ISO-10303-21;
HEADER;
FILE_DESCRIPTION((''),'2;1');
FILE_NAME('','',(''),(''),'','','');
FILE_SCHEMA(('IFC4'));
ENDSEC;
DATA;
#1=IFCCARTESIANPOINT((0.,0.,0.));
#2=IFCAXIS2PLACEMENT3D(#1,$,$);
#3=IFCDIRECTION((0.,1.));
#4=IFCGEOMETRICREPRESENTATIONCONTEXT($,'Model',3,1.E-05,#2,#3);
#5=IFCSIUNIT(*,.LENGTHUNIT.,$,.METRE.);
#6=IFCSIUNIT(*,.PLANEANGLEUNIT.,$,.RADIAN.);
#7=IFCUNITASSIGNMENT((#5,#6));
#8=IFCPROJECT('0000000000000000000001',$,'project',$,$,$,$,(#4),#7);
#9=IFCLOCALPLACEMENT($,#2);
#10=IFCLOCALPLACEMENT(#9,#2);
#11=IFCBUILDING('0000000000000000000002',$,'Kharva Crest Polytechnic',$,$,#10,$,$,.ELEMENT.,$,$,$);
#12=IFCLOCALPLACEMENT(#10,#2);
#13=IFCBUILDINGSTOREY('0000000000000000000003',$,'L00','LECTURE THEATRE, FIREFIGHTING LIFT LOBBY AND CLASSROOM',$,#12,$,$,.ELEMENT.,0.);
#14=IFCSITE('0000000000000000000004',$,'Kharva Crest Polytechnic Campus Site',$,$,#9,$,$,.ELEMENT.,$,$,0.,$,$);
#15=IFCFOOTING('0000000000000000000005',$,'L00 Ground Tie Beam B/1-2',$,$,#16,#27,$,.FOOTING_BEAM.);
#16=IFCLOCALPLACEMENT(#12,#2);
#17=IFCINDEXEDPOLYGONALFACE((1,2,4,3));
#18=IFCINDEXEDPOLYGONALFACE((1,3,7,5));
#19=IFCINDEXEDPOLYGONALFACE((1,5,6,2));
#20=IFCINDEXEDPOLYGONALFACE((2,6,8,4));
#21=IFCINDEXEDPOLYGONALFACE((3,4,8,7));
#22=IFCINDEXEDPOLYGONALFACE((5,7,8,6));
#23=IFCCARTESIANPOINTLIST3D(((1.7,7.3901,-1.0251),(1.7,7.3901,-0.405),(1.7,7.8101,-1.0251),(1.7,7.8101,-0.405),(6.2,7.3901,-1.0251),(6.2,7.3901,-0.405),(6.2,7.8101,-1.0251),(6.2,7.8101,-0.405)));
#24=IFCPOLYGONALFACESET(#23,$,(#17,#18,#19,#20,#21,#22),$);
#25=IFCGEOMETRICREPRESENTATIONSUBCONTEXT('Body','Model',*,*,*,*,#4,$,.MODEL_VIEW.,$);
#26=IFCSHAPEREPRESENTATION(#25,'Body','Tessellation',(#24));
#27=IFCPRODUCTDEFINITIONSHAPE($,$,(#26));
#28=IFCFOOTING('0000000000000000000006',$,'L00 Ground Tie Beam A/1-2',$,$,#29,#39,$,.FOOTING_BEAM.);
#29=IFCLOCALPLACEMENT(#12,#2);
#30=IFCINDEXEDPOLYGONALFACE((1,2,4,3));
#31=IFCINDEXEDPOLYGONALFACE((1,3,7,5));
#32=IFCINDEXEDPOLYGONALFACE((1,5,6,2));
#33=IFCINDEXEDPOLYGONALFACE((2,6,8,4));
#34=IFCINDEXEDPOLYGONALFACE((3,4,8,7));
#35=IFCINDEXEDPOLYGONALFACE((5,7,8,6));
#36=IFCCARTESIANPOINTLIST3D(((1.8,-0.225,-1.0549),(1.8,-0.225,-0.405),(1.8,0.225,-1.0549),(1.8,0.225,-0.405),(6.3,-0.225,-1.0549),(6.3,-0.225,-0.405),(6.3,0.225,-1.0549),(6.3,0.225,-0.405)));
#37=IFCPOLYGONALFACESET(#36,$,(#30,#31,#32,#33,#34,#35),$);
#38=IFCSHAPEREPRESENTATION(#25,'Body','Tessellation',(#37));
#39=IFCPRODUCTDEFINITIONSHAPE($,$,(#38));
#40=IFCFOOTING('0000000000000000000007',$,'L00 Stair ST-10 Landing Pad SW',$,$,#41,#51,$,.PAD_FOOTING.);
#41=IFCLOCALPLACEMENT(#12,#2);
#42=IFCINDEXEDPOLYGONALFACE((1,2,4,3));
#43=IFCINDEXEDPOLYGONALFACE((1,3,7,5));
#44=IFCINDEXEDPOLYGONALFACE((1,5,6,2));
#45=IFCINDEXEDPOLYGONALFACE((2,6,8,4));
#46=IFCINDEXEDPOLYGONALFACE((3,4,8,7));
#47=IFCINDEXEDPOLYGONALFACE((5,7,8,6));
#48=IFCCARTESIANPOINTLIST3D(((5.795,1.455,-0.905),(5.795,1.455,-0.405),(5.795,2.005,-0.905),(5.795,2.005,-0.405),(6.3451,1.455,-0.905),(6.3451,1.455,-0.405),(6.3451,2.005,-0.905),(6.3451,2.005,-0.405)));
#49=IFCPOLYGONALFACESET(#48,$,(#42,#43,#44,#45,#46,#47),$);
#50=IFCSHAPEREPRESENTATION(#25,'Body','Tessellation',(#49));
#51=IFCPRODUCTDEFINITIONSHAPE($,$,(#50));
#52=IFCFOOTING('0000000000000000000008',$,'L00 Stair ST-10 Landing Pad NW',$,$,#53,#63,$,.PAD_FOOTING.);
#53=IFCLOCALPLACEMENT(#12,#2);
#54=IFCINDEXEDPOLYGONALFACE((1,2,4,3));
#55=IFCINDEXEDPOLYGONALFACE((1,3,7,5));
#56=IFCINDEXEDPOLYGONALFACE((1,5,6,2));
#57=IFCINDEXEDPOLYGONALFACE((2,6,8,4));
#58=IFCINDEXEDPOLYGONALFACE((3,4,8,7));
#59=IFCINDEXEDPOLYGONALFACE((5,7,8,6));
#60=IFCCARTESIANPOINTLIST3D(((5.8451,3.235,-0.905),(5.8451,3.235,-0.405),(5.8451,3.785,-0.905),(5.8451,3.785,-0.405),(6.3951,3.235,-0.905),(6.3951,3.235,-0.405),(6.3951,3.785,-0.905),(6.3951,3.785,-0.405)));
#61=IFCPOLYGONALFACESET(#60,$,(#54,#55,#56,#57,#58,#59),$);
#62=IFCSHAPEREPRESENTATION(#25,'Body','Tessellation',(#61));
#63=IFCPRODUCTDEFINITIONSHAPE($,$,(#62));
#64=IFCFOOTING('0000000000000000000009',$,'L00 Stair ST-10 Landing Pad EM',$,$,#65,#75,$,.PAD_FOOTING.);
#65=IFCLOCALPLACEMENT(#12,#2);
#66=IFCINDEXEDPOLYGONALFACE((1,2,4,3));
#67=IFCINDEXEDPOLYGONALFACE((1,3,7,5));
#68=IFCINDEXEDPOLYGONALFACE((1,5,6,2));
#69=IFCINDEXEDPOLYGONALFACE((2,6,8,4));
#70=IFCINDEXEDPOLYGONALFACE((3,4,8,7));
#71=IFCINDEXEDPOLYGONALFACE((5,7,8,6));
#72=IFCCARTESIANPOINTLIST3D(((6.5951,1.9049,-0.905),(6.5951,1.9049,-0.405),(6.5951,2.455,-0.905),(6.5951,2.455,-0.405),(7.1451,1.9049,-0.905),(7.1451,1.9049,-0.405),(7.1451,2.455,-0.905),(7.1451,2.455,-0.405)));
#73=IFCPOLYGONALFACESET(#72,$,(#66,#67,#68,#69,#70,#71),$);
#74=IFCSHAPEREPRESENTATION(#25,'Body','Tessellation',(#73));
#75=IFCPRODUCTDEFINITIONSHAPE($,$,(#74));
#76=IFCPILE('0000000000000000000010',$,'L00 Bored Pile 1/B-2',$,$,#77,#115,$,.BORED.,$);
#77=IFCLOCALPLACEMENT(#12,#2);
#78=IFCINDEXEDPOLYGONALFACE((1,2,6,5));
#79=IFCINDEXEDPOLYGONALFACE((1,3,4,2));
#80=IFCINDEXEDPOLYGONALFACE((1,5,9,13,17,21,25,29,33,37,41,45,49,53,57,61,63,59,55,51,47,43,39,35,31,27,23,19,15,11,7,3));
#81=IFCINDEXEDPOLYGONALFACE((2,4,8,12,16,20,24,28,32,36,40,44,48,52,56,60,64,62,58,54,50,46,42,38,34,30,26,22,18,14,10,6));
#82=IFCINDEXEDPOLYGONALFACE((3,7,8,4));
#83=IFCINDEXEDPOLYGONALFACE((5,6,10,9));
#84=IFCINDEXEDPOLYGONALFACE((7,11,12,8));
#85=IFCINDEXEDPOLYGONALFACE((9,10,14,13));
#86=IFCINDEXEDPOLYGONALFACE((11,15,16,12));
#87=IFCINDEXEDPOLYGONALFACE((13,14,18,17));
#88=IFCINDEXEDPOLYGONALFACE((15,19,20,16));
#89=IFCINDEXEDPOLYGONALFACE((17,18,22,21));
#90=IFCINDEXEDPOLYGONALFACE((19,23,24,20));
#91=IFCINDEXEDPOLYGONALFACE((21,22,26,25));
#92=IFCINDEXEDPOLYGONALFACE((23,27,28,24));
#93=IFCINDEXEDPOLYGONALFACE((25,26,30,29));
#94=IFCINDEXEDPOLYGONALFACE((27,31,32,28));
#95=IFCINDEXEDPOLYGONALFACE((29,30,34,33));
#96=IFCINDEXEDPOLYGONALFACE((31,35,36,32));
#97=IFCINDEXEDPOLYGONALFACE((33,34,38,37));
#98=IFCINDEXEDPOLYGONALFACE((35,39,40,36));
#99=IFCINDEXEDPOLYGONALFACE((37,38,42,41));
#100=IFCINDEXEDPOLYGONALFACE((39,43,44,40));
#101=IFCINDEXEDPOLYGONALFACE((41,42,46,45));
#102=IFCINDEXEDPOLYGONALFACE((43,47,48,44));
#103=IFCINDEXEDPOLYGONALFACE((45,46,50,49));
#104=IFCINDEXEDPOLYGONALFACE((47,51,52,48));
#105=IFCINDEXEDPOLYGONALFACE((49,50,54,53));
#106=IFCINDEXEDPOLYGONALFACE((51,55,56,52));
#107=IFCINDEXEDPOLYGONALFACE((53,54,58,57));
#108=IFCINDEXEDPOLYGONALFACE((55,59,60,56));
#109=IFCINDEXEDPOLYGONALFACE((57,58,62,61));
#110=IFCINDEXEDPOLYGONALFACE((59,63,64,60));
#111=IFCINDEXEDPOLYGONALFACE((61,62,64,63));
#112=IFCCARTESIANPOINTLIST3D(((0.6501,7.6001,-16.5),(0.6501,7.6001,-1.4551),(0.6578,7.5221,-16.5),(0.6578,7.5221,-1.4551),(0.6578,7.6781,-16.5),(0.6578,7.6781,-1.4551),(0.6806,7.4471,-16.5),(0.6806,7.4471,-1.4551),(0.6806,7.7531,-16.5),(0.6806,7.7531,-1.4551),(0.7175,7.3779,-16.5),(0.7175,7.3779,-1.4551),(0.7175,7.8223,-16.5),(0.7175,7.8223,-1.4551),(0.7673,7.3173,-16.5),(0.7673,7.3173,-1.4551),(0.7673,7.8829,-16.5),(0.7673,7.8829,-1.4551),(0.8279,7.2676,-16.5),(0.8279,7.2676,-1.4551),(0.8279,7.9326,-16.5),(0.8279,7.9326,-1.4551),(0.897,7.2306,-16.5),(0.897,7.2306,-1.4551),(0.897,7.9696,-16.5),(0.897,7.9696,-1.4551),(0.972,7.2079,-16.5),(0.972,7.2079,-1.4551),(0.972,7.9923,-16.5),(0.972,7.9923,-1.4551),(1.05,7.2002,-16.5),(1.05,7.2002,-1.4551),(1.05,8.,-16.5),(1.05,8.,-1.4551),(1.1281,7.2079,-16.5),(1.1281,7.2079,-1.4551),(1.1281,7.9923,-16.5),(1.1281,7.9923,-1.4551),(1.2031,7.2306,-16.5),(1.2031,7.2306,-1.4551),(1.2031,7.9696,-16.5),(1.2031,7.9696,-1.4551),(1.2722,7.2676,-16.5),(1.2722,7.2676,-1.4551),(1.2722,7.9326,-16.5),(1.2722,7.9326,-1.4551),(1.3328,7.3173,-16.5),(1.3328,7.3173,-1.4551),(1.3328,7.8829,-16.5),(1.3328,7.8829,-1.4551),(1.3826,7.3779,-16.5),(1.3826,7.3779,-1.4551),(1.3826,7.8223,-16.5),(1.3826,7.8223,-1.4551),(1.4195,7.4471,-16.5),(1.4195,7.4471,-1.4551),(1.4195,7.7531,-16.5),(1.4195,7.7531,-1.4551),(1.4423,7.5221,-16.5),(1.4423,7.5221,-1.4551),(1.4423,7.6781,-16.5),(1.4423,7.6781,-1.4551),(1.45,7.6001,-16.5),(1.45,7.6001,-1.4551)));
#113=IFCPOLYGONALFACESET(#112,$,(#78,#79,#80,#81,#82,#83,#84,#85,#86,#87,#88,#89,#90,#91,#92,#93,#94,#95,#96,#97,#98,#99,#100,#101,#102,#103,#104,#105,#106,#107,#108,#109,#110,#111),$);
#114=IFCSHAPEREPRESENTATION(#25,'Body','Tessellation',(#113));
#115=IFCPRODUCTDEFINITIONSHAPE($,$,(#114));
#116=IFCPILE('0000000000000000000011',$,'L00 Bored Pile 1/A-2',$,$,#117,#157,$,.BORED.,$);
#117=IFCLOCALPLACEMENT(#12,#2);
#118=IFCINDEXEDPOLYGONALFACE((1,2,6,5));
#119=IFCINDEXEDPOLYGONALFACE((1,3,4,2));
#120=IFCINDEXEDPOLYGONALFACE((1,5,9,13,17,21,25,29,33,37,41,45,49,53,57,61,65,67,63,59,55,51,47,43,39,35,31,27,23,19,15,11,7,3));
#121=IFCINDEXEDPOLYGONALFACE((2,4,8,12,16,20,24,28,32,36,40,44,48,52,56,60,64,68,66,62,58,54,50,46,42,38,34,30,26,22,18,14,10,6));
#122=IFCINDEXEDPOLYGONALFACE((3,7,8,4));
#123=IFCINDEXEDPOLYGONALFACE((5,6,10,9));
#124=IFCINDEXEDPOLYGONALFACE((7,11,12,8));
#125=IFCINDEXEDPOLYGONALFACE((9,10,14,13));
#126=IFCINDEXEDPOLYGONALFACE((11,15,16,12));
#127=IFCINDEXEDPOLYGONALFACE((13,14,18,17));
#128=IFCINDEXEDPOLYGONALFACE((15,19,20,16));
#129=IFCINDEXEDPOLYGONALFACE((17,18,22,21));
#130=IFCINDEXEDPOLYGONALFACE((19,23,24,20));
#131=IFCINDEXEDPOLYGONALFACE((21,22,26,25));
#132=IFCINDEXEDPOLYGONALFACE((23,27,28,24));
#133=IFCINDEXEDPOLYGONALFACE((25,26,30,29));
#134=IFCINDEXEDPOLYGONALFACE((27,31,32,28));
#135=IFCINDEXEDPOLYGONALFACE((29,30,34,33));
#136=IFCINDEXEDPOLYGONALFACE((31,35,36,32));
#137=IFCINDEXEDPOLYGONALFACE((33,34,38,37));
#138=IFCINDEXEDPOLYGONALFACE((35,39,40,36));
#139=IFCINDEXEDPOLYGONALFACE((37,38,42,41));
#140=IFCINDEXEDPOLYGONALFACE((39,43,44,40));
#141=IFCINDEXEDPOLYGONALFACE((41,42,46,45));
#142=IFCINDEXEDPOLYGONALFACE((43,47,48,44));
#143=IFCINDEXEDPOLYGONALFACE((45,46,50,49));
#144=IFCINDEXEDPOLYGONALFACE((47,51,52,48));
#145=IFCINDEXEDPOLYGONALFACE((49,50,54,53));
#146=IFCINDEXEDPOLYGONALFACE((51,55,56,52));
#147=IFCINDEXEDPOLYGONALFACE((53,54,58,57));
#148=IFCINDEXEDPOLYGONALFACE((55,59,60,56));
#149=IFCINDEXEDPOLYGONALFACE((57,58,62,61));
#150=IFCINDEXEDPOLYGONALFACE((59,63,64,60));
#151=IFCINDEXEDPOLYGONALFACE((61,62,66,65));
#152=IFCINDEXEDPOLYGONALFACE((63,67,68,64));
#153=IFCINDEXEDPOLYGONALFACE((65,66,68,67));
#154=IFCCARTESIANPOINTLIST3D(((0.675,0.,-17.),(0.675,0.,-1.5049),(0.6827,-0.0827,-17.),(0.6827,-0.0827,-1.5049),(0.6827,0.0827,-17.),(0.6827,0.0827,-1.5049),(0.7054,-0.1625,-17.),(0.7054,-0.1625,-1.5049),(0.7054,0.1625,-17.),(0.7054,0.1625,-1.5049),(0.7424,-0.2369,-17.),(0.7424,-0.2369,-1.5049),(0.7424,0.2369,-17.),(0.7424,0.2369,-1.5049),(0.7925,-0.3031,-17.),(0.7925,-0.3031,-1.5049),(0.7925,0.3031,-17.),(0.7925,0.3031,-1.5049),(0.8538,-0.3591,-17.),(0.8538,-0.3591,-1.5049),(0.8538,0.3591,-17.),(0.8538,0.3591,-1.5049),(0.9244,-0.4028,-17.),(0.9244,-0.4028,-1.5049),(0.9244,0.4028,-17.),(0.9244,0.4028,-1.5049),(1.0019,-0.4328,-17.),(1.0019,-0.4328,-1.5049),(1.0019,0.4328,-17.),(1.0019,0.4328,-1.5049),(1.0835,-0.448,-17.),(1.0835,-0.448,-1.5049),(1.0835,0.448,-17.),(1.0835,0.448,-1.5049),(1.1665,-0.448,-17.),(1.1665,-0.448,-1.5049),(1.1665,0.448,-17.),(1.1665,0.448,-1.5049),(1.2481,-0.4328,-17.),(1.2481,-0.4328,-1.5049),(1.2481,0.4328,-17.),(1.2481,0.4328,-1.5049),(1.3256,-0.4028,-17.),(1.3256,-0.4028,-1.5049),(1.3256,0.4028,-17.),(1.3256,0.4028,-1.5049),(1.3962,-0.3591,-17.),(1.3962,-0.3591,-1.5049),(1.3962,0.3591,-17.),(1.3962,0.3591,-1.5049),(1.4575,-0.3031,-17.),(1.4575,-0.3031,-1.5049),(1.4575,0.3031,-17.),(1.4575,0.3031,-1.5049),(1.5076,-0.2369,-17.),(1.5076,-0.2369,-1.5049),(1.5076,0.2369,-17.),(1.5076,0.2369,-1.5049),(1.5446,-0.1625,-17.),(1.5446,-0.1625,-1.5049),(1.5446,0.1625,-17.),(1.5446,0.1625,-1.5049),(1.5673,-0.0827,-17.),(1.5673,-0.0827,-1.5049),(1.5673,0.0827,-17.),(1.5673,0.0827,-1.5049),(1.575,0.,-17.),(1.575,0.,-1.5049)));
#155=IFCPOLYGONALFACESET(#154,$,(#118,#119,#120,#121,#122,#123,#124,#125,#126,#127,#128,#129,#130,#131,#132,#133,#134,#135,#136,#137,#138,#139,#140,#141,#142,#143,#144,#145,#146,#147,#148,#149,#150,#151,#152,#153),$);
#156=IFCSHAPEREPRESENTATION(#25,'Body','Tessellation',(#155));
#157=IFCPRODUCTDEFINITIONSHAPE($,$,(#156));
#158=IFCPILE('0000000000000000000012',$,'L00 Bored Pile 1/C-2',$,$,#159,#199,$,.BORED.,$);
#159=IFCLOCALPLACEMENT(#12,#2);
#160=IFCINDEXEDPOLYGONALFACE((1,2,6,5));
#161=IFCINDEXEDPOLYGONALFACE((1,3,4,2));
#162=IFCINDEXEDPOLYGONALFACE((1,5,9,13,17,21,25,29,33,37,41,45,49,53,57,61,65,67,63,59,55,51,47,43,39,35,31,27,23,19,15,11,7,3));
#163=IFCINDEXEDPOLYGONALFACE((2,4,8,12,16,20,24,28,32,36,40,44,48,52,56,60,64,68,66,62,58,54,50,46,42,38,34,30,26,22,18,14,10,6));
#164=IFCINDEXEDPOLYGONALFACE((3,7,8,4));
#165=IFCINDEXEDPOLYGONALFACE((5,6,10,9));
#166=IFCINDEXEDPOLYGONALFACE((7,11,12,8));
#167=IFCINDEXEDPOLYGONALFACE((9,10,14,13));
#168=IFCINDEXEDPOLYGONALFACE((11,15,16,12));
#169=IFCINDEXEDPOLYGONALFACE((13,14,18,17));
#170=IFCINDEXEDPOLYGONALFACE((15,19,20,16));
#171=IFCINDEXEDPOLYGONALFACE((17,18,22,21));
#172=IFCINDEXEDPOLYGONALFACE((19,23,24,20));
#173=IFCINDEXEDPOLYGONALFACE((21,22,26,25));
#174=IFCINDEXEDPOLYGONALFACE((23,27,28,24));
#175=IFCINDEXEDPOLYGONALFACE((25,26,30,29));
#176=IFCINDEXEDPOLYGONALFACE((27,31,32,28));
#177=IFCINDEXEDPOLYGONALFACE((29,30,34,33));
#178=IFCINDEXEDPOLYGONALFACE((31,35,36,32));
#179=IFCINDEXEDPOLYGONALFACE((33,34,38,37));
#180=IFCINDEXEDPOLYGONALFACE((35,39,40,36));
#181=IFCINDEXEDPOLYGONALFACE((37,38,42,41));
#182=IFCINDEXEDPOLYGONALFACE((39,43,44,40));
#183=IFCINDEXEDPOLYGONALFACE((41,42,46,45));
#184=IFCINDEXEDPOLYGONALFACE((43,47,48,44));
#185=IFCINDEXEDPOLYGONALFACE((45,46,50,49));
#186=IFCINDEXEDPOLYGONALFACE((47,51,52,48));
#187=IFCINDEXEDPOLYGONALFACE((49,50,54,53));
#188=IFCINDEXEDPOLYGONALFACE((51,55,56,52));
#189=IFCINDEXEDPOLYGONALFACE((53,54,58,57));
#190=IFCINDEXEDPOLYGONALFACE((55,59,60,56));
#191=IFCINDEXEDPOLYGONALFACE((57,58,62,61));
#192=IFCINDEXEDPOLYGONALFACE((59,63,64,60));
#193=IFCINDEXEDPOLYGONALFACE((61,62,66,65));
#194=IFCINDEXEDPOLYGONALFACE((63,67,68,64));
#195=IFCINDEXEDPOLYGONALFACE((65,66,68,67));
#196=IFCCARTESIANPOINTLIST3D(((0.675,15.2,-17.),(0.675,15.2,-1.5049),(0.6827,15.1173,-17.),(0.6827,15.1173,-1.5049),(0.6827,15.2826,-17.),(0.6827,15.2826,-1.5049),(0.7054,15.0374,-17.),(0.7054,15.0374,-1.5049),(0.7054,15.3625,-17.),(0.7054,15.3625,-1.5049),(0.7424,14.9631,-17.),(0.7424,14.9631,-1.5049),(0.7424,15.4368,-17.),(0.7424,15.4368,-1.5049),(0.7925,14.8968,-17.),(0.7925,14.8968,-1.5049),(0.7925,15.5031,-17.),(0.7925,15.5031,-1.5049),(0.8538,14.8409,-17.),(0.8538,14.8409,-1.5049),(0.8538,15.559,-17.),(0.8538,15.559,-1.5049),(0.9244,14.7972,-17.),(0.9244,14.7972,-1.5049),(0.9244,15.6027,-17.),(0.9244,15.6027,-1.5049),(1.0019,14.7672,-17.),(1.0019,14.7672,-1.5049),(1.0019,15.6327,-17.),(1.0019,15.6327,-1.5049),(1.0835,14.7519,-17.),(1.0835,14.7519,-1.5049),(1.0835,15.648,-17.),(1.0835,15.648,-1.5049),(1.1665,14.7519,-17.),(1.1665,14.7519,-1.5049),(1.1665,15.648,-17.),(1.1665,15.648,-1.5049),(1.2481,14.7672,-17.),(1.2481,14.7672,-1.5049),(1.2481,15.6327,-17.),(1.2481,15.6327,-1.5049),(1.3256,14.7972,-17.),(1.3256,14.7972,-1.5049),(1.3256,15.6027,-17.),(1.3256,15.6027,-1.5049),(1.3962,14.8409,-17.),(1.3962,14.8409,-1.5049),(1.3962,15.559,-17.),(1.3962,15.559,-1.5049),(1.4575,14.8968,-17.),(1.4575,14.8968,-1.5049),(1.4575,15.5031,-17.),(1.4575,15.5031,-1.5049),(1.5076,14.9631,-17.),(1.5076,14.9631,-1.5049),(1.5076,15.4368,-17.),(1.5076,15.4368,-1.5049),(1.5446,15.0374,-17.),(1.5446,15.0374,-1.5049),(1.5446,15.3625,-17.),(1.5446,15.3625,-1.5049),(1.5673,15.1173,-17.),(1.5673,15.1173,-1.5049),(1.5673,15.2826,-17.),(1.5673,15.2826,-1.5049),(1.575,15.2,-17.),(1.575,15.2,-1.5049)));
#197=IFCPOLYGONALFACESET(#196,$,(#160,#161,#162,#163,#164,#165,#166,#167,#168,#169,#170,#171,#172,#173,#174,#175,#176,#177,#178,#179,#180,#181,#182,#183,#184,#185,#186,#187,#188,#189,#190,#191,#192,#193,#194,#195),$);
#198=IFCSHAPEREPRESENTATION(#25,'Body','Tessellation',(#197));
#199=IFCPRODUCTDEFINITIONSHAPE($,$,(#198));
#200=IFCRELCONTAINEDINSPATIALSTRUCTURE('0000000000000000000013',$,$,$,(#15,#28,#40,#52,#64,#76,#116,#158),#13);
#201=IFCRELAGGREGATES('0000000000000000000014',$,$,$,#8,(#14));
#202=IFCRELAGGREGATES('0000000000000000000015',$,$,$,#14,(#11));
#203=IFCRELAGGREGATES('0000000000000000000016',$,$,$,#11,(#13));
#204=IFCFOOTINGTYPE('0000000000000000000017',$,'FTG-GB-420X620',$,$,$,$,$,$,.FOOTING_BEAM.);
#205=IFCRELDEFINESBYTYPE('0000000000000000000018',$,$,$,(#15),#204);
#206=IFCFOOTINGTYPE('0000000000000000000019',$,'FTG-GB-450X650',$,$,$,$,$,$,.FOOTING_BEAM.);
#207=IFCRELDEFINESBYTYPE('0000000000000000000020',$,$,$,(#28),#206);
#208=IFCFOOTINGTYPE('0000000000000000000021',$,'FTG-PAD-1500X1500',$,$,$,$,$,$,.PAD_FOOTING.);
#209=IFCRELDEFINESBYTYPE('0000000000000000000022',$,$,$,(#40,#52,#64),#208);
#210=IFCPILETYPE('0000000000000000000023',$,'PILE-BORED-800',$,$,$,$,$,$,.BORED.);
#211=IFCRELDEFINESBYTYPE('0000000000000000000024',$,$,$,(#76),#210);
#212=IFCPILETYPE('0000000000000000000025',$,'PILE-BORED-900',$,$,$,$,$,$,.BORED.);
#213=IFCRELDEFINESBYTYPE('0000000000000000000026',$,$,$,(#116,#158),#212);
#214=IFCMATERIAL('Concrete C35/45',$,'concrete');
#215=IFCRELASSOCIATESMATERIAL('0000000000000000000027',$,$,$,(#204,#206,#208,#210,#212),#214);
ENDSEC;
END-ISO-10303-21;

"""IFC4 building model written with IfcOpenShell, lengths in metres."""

from ifc_helpers import new_model, si_unit, direction, frame, origin, origin_2d, place, context, subcontext, project, spatial, rectangle, circle, extrude, material, material_profile, profile_set, type_object, element, save


model = new_model("IFC4")

# Units and contexts
model_context = context("Model", 3, precision=1e-05, world=origin(), true_north=direction((0.0, 1.0)))
body_context = subcontext(model_context, "Body", "Model", "MODEL_VIEW")
ifc_project = project(units=[si_unit("LENGTHUNIT", "METRE"), si_unit("PLANEANGLEUNIT", "RADIAN")], contexts=[model_context])

# Site, building, storey
site_placement = place(None, origin())
site = spatial("IfcSite", under=ifc_project, at=site_placement, Name="Kharva Crest Polytechnic Campus Site", CompositionType="ELEMENT", RefElevation=0.0)
building_placement = place(site_placement, origin())
building = spatial("IfcBuilding", under=site, at=building_placement, Name="Kharva Crest Polytechnic", CompositionType="ELEMENT")
storey_placement = place(building_placement, origin())
storey = spatial("IfcBuildingStorey", under=building, at=storey_placement, Name="L00", Description="LECTURE THEATRE, FIREFIGHTING LIFT LOBBY AND CLASSROOM", CompositionType="ELEMENT", Elevation=0.0)

# Footings
ifc_material_1 = material(Name="Concrete C35/45", Category="concrete")
footing_type_1 = type_object("IfcFootingType", Name="FTG-GB-420X620", PredefinedType="FOOTING_BEAM", material=ifc_material_1)
footing_1_placement = place(storey_placement, frame((3.95, 7.6001, -1.0251), z_axis=(0.0, 0.0, 1.0), x_axis=(1.0, 0.0, 0.0)))
element("IfcFooting", 1, at=footing_1_placement, inside=storey, type_object=footing_type_1, Name="L00 Ground Tie Beam B/1-2", PredefinedType="FOOTING_BEAM", context=body_context, shape_type="SweptSolid", body=[
    extrude(rectangle(XDim=4.5, YDim=0.4199, at=origin_2d()), origin(), (0.0, 0.0, 1.0), 0.6201),
])
footing_type_2 = type_object("IfcFootingType", Name="FTG-GB-450X650", PredefinedType="FOOTING_BEAM", material=ifc_material_1)
footing_2_placement = place(storey_placement, frame((4.05, 0.0, -1.0549), z_axis=(0.0, 0.0, 1.0), x_axis=(1.0, 0.0, 0.0)))
element("IfcFooting", 2, at=footing_2_placement, inside=storey, type_object=footing_type_2, Name="L00 Ground Tie Beam A/1-2", PredefinedType="FOOTING_BEAM", context=body_context, shape_type="SweptSolid", body=[
    extrude(rectangle(XDim=4.5, YDim=0.45, at=origin_2d()), origin(), (0.0, 0.0, 1.0), 0.6499),
])
footing_type_3 = type_object("IfcFootingType", Name="FTG-PAD-1500X1500", PredefinedType="PAD_FOOTING", material=ifc_material_1)
for number, where, z_axis, x_axis, name in (
    (3, (6.0701, 1.73, -0.905), (0.0, 0.0, 1.0), (1.0, 0.0, 0.0), "L00 Stair ST-10 Landing Pad SW"),
    (4, (6.1201, 3.51, -0.905), (0.0, 0.0, 1.0), (1.0, 0.0, 0.0), "L00 Stair ST-10 Landing Pad NW"),
    (5, (6.8701, 2.1799, -0.905), (0.0, 0.0, 1.0), (1.0, 0.0, 0.0), "L00 Stair ST-10 Landing Pad EM"),
):
    element("IfcFooting", number, at=place(storey_placement, frame(where, z_axis=z_axis, x_axis=x_axis)), inside=storey, type_object=footing_type_3, Name=name, PredefinedType="PAD_FOOTING", context=body_context, shape_type="SweptSolid", body=[
        extrude(rectangle(XDim=0.55, YDim=0.55, at=origin_2d()), origin(), (0.0, 0.0, 1.0), 0.5),
    ])

# Piles
ifc_material_profile_1 = material_profile(ifc_material_1, circle(Radius=0.3999, at=origin_2d()), Name="DIA 800")
ifc_profile_set_1 = profile_set([ifc_material_profile_1], Name="Concrete C35/45")
pile_type_1 = type_object("IfcPileType", Name="PILE-BORED-800", PredefinedType="BORED", material=ifc_profile_set_1)
pile_placement = place(storey_placement, frame((1.05, 7.6001, -1.4551), z_axis=(0.0, 0.0, -1.0), x_axis=(1.0, 0.0, 0.0)))
element("IfcPile", 6, at=pile_placement, inside=storey, type_object=pile_type_1, Name="L00 Bored Pile 1/B-2", PredefinedType="BORED", context=body_context, shape_type="SweptSolid", body=[
    extrude(circle(Radius=0.3999, at=origin_2d()), origin(), (0.0, 0.0, 1.0), 15.0449),
])
ifc_material_profile_2 = material_profile(ifc_material_1, circle(Radius=0.45, at=origin_2d()), Name="DIA 900")
ifc_profile_set_2 = profile_set([ifc_material_profile_2], Name="Concrete C35/45")
pile_type_2 = type_object("IfcPileType", Name="PILE-BORED-900", PredefinedType="BORED", material=ifc_profile_set_2)
for number, where, z_axis, x_axis, name in (
    (7, (1.125, 0.0, -1.5049), (0.0, 0.0, -1.0), (1.0, 0.0, 0.0), "L00 Bored Pile 1/A-2"),
    (8, (1.125, 15.2, -1.5049), (0.0, 0.0, -1.0), (1.0, 0.0, 0.0), "L00 Bored Pile 1/C-2"),
):
    element("IfcPile", number, at=place(storey_placement, frame(where, z_axis=z_axis, x_axis=x_axis)), inside=storey, type_object=pile_type_2, Name=name, PredefinedType="BORED", context=body_context, shape_type="SweptSolid", body=[
        extrude(circle(Radius=0.45, at=origin_2d()), origin(), (0.0, 0.0, 1.0), 15.4951),
    ])

save(model, "model.ifc")
